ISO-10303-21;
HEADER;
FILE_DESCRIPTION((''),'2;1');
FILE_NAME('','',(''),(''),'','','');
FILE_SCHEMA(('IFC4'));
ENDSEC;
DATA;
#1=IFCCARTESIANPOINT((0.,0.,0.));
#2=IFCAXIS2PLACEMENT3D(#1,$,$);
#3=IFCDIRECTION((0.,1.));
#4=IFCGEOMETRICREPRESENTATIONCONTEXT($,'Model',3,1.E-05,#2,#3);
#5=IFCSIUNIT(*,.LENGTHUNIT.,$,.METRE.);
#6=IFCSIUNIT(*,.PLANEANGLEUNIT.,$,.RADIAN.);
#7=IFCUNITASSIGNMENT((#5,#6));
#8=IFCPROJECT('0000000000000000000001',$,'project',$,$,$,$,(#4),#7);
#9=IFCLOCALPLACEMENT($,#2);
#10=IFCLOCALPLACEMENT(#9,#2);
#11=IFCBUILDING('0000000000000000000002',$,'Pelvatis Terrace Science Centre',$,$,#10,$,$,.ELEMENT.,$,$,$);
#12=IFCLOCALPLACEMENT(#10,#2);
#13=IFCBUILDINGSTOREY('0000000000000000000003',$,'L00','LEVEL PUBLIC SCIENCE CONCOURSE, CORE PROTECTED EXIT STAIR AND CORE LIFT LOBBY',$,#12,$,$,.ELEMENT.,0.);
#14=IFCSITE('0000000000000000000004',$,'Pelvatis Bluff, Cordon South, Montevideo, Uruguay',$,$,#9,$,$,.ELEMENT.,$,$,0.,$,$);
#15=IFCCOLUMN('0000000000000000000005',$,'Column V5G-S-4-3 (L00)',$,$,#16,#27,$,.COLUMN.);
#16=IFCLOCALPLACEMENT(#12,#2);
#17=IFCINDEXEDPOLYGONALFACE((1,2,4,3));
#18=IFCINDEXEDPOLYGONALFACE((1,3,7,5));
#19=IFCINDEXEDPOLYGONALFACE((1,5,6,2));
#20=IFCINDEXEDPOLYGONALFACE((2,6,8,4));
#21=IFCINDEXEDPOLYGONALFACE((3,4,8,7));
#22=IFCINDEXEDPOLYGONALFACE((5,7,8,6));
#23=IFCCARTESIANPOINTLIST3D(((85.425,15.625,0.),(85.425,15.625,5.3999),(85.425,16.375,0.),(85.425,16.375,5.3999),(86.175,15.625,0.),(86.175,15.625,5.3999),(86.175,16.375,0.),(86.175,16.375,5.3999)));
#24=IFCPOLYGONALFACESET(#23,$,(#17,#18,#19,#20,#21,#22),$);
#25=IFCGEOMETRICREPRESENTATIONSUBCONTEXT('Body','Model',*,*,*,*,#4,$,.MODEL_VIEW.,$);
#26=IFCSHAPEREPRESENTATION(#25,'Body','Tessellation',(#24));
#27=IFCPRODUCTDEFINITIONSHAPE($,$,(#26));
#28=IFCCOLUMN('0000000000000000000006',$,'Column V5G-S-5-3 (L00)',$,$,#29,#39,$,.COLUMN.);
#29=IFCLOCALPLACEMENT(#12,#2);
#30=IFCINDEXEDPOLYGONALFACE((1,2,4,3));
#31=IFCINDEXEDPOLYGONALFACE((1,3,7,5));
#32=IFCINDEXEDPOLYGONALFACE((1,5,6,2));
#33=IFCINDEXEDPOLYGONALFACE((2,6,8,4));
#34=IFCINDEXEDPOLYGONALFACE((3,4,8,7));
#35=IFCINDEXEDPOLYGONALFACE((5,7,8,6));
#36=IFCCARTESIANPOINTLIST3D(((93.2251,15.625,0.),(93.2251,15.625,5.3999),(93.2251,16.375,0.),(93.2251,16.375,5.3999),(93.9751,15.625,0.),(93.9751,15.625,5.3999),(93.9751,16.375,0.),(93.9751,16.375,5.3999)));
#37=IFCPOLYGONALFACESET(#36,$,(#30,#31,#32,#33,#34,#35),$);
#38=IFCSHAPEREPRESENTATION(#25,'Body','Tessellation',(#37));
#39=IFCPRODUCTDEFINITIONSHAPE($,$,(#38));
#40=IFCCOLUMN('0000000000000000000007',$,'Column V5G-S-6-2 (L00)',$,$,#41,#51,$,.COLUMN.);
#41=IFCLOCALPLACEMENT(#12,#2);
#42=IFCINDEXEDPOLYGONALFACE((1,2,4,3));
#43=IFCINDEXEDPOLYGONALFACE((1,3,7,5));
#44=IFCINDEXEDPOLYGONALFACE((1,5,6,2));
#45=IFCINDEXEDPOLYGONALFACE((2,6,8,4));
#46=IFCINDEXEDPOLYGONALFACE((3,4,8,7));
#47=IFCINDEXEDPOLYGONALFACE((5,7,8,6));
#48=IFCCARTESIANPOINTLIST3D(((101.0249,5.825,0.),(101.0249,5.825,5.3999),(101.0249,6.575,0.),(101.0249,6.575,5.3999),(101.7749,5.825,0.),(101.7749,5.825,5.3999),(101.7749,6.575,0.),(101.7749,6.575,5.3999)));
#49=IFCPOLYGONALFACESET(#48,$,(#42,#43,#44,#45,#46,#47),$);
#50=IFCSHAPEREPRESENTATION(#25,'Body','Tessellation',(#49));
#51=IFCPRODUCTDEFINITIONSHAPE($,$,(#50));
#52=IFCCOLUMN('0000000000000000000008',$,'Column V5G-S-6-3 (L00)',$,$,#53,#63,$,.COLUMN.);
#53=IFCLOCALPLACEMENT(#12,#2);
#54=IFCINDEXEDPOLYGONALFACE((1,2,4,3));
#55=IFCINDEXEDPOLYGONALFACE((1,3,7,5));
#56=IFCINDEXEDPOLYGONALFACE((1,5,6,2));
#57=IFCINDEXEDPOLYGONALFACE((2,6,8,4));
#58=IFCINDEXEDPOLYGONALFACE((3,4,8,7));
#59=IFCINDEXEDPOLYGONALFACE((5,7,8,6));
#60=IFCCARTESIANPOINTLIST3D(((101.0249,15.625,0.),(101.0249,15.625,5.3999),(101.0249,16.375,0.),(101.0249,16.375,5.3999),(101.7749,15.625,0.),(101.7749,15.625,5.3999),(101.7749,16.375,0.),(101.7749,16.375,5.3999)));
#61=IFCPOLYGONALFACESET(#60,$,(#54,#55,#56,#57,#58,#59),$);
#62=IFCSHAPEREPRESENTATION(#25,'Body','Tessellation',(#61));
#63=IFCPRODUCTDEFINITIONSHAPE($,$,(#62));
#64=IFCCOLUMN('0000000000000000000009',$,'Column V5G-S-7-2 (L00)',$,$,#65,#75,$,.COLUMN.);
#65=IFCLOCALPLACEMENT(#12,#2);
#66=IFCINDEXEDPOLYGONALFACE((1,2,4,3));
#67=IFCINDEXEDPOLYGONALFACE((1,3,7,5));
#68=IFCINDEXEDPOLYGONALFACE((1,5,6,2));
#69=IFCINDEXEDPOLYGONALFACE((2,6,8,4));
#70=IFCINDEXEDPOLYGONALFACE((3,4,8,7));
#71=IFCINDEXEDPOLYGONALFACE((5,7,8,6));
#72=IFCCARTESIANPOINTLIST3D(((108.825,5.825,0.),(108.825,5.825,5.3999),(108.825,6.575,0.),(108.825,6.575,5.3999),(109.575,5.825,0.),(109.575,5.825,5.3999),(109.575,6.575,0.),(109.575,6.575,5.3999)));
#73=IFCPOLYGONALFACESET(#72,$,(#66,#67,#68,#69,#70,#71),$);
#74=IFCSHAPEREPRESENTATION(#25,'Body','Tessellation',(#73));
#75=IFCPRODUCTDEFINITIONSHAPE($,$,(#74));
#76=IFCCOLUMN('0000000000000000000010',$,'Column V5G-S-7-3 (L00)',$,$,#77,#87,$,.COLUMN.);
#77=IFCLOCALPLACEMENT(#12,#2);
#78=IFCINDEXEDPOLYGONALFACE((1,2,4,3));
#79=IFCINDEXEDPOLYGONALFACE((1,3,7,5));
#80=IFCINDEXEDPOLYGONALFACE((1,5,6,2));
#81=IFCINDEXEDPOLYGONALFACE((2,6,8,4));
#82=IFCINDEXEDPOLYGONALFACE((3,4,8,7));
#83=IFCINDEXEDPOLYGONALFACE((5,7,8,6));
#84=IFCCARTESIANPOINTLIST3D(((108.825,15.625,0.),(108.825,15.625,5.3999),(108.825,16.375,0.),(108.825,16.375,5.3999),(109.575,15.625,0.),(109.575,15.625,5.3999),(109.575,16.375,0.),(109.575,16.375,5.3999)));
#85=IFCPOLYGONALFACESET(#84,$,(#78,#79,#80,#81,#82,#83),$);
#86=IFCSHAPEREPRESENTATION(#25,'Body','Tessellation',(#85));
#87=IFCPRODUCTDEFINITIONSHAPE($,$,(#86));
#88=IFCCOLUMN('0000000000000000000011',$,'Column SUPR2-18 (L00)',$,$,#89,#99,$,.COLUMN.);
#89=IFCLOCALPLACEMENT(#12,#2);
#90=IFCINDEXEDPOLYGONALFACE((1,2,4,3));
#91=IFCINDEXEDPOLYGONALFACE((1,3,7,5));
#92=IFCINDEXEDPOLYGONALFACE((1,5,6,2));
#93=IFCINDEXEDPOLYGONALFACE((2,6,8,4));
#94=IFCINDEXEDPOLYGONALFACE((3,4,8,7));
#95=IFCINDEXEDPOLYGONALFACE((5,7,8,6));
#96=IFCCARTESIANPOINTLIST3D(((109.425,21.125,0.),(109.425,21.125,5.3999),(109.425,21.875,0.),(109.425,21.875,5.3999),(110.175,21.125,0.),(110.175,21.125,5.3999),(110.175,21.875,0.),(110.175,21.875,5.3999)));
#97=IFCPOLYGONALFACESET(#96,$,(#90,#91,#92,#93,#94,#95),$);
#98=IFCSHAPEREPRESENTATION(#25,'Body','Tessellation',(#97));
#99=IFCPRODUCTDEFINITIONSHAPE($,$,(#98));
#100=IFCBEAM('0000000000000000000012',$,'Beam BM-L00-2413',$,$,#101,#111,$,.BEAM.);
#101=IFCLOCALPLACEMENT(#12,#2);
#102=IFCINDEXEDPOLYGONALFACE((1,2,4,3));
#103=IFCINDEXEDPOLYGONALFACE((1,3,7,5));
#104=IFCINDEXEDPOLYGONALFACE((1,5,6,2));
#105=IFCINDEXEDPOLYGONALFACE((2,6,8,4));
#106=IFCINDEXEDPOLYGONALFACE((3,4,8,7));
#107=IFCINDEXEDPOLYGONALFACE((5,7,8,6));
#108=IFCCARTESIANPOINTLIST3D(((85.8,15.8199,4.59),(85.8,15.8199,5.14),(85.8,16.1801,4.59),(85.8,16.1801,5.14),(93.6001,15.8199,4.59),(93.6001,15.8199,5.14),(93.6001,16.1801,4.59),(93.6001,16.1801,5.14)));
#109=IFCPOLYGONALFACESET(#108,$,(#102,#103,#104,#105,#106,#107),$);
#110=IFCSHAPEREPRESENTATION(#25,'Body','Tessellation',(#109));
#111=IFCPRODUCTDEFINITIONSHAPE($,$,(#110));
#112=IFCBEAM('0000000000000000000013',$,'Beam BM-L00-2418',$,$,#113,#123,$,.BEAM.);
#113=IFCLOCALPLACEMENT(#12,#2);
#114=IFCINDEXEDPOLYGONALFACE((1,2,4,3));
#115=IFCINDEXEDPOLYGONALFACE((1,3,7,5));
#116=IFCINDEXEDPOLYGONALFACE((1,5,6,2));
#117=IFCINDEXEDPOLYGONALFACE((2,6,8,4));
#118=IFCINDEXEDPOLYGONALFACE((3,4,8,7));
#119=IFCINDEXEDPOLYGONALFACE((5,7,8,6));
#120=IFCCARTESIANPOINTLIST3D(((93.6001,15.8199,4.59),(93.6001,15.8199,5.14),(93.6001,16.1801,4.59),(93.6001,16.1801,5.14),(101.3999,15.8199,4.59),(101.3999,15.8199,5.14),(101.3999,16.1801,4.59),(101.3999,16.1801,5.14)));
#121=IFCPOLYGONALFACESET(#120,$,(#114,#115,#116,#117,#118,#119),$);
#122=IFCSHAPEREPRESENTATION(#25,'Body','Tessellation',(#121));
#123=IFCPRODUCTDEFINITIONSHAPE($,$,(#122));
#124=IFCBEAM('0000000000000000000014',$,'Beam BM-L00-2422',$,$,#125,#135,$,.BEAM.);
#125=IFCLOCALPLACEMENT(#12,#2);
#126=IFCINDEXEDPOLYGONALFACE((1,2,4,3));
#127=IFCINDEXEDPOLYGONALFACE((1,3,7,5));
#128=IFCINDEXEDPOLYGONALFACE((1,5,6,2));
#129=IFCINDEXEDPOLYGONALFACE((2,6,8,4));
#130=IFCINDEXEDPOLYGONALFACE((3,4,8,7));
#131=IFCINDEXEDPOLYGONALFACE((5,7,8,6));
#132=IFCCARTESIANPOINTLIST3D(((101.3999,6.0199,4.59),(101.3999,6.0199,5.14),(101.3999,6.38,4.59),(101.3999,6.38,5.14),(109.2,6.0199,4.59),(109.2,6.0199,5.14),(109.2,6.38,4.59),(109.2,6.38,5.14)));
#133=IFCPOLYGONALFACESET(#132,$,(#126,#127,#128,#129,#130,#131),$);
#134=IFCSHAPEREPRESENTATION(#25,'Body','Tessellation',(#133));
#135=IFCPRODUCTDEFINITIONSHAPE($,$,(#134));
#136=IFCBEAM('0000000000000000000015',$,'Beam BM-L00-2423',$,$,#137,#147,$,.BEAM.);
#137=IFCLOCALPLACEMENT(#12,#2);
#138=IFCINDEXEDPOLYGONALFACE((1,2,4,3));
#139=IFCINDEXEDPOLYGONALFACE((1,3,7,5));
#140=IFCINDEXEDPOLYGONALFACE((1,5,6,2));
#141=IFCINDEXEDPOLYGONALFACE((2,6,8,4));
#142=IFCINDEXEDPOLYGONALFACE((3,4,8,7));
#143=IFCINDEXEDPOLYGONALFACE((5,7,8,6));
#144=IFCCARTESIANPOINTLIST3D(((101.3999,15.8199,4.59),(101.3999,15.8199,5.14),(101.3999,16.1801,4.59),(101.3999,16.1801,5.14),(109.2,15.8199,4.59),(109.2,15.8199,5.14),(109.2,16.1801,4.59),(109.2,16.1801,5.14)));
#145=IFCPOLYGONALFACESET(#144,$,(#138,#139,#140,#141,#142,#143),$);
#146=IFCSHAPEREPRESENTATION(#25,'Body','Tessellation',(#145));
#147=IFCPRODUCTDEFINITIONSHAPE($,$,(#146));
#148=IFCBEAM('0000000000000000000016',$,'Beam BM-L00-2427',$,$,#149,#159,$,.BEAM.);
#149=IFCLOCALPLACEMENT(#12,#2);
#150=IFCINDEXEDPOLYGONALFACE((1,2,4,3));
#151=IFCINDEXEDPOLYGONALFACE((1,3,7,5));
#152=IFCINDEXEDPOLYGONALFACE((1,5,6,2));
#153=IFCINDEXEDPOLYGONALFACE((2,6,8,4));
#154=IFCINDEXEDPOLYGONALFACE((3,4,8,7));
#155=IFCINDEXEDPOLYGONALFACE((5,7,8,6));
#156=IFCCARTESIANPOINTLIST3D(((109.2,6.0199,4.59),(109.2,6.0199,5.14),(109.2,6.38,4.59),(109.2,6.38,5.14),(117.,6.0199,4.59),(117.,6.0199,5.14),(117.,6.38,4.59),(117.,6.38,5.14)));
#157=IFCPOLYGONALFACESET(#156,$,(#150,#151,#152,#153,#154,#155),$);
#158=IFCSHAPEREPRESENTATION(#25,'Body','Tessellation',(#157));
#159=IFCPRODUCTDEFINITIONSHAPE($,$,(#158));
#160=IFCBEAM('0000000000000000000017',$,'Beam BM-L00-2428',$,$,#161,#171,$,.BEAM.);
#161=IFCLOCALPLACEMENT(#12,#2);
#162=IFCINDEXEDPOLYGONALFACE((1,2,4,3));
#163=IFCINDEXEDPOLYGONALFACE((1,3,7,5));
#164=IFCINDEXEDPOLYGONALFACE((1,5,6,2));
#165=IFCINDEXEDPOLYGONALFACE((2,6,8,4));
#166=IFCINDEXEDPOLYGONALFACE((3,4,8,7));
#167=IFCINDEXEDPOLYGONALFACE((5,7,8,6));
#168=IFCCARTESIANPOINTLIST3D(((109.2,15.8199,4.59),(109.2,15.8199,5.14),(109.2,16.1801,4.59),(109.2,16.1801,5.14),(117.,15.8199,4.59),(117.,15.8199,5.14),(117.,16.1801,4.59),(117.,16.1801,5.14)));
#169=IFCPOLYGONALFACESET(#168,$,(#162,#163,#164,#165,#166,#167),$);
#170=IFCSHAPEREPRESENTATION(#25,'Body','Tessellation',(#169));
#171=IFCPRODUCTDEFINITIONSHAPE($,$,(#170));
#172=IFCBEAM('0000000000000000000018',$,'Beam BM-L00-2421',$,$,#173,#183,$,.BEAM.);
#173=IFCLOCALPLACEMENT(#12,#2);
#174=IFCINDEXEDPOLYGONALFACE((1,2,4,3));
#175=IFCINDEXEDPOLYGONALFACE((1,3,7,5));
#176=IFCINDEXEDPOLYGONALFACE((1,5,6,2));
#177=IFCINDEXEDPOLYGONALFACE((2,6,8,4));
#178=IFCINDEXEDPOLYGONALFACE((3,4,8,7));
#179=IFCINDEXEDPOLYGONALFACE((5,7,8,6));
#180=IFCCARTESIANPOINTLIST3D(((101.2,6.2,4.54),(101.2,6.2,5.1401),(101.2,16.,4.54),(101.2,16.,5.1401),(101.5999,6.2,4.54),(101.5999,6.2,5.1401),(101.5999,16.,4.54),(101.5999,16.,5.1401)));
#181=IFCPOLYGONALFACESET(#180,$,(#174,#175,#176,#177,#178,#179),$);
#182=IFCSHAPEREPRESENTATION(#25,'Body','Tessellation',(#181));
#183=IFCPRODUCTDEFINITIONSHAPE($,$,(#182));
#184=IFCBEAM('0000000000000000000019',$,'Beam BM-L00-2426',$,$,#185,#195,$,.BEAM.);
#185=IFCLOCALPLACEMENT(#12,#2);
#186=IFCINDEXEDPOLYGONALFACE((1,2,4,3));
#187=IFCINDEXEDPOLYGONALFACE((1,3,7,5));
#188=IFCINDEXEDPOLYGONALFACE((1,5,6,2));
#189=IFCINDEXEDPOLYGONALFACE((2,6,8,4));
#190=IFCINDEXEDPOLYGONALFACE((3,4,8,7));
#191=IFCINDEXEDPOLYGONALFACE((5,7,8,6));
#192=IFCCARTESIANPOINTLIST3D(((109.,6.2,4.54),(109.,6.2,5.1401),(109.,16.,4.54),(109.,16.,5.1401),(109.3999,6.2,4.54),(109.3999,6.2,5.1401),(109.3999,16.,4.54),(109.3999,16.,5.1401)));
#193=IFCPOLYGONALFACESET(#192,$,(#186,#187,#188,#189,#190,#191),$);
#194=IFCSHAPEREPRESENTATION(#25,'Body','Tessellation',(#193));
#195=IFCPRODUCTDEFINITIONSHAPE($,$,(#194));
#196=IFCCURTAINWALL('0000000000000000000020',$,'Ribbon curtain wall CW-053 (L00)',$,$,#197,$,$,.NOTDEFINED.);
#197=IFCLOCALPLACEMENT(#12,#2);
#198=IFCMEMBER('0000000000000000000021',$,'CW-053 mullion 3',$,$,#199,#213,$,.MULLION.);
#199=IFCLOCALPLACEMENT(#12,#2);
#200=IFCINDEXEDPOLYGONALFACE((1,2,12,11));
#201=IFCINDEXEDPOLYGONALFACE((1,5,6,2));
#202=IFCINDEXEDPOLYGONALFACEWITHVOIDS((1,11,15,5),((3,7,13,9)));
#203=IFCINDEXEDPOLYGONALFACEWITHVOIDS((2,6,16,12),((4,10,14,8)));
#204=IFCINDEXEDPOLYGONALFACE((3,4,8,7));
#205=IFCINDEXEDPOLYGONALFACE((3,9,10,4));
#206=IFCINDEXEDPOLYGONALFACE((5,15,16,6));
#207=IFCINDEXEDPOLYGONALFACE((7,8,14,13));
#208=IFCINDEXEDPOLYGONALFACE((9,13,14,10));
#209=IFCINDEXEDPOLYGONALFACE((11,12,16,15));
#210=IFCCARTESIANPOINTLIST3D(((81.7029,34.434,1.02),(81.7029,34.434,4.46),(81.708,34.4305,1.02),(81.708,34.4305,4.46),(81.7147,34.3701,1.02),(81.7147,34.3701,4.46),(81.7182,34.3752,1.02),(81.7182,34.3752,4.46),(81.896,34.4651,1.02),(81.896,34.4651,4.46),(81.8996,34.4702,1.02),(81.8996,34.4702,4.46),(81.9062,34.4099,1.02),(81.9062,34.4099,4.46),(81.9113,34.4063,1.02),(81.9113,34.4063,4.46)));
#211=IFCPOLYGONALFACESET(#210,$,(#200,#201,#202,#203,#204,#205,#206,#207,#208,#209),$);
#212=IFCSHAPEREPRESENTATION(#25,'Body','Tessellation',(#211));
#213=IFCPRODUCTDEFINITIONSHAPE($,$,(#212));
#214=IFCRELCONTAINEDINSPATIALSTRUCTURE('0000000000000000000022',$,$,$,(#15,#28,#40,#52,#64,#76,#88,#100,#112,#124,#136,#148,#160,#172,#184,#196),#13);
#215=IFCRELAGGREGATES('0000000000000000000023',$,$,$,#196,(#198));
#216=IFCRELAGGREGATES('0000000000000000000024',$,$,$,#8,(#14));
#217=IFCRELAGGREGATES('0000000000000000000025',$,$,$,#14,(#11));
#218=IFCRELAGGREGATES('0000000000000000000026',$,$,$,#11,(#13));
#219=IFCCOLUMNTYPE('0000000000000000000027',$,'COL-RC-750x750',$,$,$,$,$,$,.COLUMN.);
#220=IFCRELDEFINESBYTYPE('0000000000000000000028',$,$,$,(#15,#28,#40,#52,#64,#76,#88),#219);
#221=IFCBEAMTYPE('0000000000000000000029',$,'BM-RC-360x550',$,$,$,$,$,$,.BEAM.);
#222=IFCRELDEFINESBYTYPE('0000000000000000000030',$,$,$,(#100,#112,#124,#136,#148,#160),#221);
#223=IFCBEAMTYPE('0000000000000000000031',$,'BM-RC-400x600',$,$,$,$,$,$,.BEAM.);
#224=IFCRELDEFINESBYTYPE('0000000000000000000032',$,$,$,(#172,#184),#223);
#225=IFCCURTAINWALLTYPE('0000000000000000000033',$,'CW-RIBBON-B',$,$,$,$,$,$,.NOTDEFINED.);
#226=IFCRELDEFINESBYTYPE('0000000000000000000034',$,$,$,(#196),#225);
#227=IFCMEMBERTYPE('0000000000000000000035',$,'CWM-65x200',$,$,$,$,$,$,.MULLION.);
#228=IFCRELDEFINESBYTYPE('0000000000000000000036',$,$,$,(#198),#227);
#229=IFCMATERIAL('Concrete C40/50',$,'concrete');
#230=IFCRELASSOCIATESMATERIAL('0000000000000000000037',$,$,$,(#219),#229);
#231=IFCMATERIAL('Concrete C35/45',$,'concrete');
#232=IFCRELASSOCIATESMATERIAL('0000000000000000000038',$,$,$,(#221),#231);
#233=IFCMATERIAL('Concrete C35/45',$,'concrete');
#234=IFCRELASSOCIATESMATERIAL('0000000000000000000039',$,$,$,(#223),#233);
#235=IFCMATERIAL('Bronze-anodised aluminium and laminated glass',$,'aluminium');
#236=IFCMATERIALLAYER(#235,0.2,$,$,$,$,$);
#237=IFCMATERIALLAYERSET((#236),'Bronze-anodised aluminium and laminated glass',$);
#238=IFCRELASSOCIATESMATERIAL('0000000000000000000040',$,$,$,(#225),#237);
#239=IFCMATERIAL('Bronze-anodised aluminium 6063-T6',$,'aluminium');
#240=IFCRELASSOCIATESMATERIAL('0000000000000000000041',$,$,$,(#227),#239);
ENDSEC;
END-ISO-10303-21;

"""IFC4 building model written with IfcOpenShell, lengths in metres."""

from ifc_helpers import new_model, si_unit, direction, frame, origin, origin_2d, place, context, subcontext, project, spatial, rectangle, hollow_rectangle, extrude, material, layer, layer_set, material_profile, profile_set, type_object, element, aggregate, save


model = new_model("IFC4")

# Units and contexts
model_context = context("Model", 3, precision=1e-05, world=origin(), true_north=direction((0.0, 1.0)))
body_context = subcontext(model_context, "Body", "Model", "MODEL_VIEW")
ifc_project = project(units=[si_unit("LENGTHUNIT", "METRE"), si_unit("PLANEANGLEUNIT", "RADIAN")], contexts=[model_context])

# Site, building, storey
site_placement = place(None, origin())
site = spatial("IfcSite", under=ifc_project, at=site_placement, Name="Pelvatis Bluff, Cordon South, Montevideo, Uruguay", CompositionType="ELEMENT", RefElevation=0.0)
building_placement = place(site_placement, origin())
building = spatial("IfcBuilding", under=site, at=building_placement, Name="Pelvatis Terrace Science Centre", CompositionType="ELEMENT")
storey_placement = place(building_placement, origin())
storey = spatial("IfcBuildingStorey", under=building, at=storey_placement, Name="L00", Description="LEVEL PUBLIC SCIENCE CONCOURSE, CORE PROTECTED EXIT STAIR AND CORE LIFT LOBBY", CompositionType="ELEMENT", Elevation=0.0)

# Columns
ifc_material_1 = material(Name="Concrete C40/50", Category="concrete")
ifc_material_profile_1 = material_profile(ifc_material_1, rectangle(XDim=0.75, YDim=0.75, at=origin_2d()), Name="RC-COL 750x750")
ifc_profile_set_1 = profile_set([ifc_material_profile_1], Name="Concrete C40/50")
column_type = type_object("IfcColumnType", Name="COL-RC-750x750", PredefinedType="COLUMN", material=ifc_profile_set_1)
for number, where, z_axis, x_axis, name in (
    (1, (85.8, 16.0, 0.0), (0.0, 0.0, 1.0), (1.0, 0.0, 0.0), "Column V5G-S-4-3 (L00)"),
    (2, (93.6001, 16.0, 0.0), (0.0, 0.0, 1.0), (1.0, 0.0, 0.0), "Column V5G-S-5-3 (L00)"),
    (3, (101.3999, 6.2, 0.0), (0.0, 0.0, 1.0), (1.0, 0.0, 0.0), "Column V5G-S-6-2 (L00)"),
    (4, (101.3999, 16.0, 0.0), (0.0, 0.0, 1.0), (1.0, 0.0, 0.0), "Column V5G-S-6-3 (L00)"),
    (5, (109.2, 6.2, 0.0), (0.0, 0.0, 1.0), (1.0, 0.0, 0.0), "Column V5G-S-7-2 (L00)"),
    (6, (109.2, 16.0, 0.0), (0.0, 0.0, 1.0), (1.0, 0.0, 0.0), "Column V5G-S-7-3 (L00)"),
    (7, (109.8, 21.5, 0.0), (0.0, 0.0, 1.0), (1.0, 0.0, 0.0), "Column SUPR2-18 (L00)"),
):
    element("IfcColumn", number, at=place(storey_placement, frame(where, z_axis=z_axis, x_axis=x_axis)), inside=storey, type_object=column_type, Name=name, PredefinedType="COLUMN", context=body_context, shape_type="SweptSolid", body=[
        extrude(rectangle(XDim=0.75, YDim=0.75, at=origin_2d()), origin(), (0.0, 0.0, 1.0), 5.3999),
    ])

# Beams
ifc_material_2 = material(Name="Concrete C35/45", Category="concrete")
ifc_material_profile_2 = material_profile(ifc_material_2, rectangle(XDim=0.3601, YDim=0.55, at=origin_2d()), Name="RC-BM 360x550")
ifc_profile_set_2 = profile_set([ifc_material_profile_2], Name="Concrete C35/45")
beam_type_1 = type_object("IfcBeamType", Name="BM-RC-360x550", PredefinedType="BEAM", material=ifc_profile_set_2)
beam_1_placement = place(storey_placement, frame((85.8, 16.0, 4.865), z_axis=(1.0, 0.0, 0.0), x_axis=(0.0, 1.0, 0.0)))
element("IfcBeam", 8, at=beam_1_placement, inside=storey, type_object=beam_type_1, Name="Beam BM-L00-2413", PredefinedType="BEAM", context=body_context, shape_type="SweptSolid", body=[
    extrude(rectangle(XDim=0.3601, YDim=0.55, at=origin_2d()), origin(), (0.0, 0.0, 1.0), 7.8),
])
beam_2_placement = place(storey_placement, frame((93.6001, 16.0, 4.865), z_axis=(1.0, 0.0, 0.0), x_axis=(0.0, 1.0, 0.0)))
element("IfcBeam", 9, at=beam_2_placement, inside=storey, type_object=beam_type_1, Name="Beam BM-L00-2418", PredefinedType="BEAM", context=body_context, shape_type="SweptSolid", body=[
    extrude(rectangle(XDim=0.3601, YDim=0.55, at=origin_2d()), origin(), (0.0, 0.0, 1.0), 7.7998),
])
for number, where, z_axis, x_axis, name in (
    (10, (101.3999, 6.2, 4.865), (1.0, 0.0, 0.0), (0.0, 1.0, 0.0), "Beam BM-L00-2422"),
    (11, (101.3999, 16.0, 4.865), (1.0, 0.0, 0.0), (0.0, 1.0, 0.0), "Beam BM-L00-2423"),
    (12, (109.2, 6.2, 4.865), (1.0, 0.0, 0.0), (0.0, 1.0, 0.0), "Beam BM-L00-2427"),
    (13, (109.2, 16.0, 4.865), (1.0, 0.0, 0.0), (0.0, 1.0, 0.0), "Beam BM-L00-2428"),
):
    element("IfcBeam", number, at=place(storey_placement, frame(where, z_axis=z_axis, x_axis=x_axis)), inside=storey, type_object=beam_type_1, Name=name, PredefinedType="BEAM", context=body_context, shape_type="SweptSolid", body=[
        extrude(rectangle(XDim=0.3601, YDim=0.55, at=origin_2d()), origin(), (0.0, 0.0, 1.0), 7.8),
    ])
ifc_material_3 = material(Name="Concrete C35/45", Category="concrete")
ifc_material_profile_3 = material_profile(ifc_material_3, rectangle(XDim=0.3999, YDim=0.6001, at=origin_2d()), Name="RC-BM 400x600")
ifc_profile_set_3 = profile_set([ifc_material_profile_3], Name="Concrete C35/45")
beam_type_2 = type_object("IfcBeamType", Name="BM-RC-400x600", PredefinedType="BEAM", material=ifc_profile_set_3)
for number, where, z_axis, x_axis, name in (
    (14, (101.3999, 6.2, 4.8401), (0.0, 1.0, 0.0), (-1.0, 0.0, 0.0), "Beam BM-L00-2421"),
    (15, (109.2, 6.2, 4.8401), (0.0, 1.0, 0.0), (-1.0, 0.0, 0.0), "Beam BM-L00-2426"),
):
    element("IfcBeam", number, at=place(storey_placement, frame(where, z_axis=z_axis, x_axis=x_axis)), inside=storey, type_object=beam_type_2, Name=name, PredefinedType="BEAM", context=body_context, shape_type="SweptSolid", body=[
        extrude(rectangle(XDim=0.3999, YDim=0.6001, at=origin_2d()), origin(), (0.0, 0.0, 1.0), 9.8),
    ])

# Curtain wall, member
ifc_material_4 = material(Name="Bronze-anodised aluminium and laminated glass", Category="aluminium")
ifc_layer_1 = layer(ifc_material_4, 0.2)
ifc_layer_set_1 = layer_set([ifc_layer_1], Name="Bronze-anodised aluminium and laminated glass")
curtain_wall_type = type_object("IfcCurtainWallType", Name="CW-RIBBON-B", PredefinedType="NOTDEFINED", material=ifc_layer_set_1)
curtain_wall_placement = place(storey_placement, origin())
curtain_wall = element("IfcCurtainWall", 16, at=curtain_wall_placement, inside=storey, type_object=curtain_wall_type, Name="Ribbon curtain wall CW-053 (L00)", PredefinedType="NOTDEFINED")
ifc_material_5 = material(Name="Bronze-anodised aluminium 6063-T6", Category="aluminium")
ifc_material_profile_4 = material_profile(ifc_material_5, hollow_rectangle(XDim=0.0649, YDim=0.2, WallThickness=0.0044, at=origin_2d()), Name="ALU-MUL 65x200")
ifc_profile_set_4 = profile_set([ifc_material_profile_4], Name="Bronze-anodised aluminium 6063-T6")
member_type_1 = type_object("IfcMemberType", Name="CWM-65x200", PredefinedType="MULLION", material=ifc_profile_set_4)
member_1_placement = place(storey_placement, frame((81.8071, 34.4202, 1.02), z_axis=(0.0, 0.0, 1.0), x_axis=(-0.18113, 0.983459, 0.0)))
member_1 = element("IfcMember", 17, at=member_1_placement, type_object=member_type_1, Name="CW-053 mullion 3", PredefinedType="MULLION", context=body_context, shape_type="SweptSolid", body=[
    extrude(hollow_rectangle(XDim=0.0649, YDim=0.2, WallThickness=0.0044, at=origin_2d()), origin(), (0.0, 0.0, 1.0), 3.4399),
])
aggregate(curtain_wall, [member_1])

save(model, "model.ifc")
